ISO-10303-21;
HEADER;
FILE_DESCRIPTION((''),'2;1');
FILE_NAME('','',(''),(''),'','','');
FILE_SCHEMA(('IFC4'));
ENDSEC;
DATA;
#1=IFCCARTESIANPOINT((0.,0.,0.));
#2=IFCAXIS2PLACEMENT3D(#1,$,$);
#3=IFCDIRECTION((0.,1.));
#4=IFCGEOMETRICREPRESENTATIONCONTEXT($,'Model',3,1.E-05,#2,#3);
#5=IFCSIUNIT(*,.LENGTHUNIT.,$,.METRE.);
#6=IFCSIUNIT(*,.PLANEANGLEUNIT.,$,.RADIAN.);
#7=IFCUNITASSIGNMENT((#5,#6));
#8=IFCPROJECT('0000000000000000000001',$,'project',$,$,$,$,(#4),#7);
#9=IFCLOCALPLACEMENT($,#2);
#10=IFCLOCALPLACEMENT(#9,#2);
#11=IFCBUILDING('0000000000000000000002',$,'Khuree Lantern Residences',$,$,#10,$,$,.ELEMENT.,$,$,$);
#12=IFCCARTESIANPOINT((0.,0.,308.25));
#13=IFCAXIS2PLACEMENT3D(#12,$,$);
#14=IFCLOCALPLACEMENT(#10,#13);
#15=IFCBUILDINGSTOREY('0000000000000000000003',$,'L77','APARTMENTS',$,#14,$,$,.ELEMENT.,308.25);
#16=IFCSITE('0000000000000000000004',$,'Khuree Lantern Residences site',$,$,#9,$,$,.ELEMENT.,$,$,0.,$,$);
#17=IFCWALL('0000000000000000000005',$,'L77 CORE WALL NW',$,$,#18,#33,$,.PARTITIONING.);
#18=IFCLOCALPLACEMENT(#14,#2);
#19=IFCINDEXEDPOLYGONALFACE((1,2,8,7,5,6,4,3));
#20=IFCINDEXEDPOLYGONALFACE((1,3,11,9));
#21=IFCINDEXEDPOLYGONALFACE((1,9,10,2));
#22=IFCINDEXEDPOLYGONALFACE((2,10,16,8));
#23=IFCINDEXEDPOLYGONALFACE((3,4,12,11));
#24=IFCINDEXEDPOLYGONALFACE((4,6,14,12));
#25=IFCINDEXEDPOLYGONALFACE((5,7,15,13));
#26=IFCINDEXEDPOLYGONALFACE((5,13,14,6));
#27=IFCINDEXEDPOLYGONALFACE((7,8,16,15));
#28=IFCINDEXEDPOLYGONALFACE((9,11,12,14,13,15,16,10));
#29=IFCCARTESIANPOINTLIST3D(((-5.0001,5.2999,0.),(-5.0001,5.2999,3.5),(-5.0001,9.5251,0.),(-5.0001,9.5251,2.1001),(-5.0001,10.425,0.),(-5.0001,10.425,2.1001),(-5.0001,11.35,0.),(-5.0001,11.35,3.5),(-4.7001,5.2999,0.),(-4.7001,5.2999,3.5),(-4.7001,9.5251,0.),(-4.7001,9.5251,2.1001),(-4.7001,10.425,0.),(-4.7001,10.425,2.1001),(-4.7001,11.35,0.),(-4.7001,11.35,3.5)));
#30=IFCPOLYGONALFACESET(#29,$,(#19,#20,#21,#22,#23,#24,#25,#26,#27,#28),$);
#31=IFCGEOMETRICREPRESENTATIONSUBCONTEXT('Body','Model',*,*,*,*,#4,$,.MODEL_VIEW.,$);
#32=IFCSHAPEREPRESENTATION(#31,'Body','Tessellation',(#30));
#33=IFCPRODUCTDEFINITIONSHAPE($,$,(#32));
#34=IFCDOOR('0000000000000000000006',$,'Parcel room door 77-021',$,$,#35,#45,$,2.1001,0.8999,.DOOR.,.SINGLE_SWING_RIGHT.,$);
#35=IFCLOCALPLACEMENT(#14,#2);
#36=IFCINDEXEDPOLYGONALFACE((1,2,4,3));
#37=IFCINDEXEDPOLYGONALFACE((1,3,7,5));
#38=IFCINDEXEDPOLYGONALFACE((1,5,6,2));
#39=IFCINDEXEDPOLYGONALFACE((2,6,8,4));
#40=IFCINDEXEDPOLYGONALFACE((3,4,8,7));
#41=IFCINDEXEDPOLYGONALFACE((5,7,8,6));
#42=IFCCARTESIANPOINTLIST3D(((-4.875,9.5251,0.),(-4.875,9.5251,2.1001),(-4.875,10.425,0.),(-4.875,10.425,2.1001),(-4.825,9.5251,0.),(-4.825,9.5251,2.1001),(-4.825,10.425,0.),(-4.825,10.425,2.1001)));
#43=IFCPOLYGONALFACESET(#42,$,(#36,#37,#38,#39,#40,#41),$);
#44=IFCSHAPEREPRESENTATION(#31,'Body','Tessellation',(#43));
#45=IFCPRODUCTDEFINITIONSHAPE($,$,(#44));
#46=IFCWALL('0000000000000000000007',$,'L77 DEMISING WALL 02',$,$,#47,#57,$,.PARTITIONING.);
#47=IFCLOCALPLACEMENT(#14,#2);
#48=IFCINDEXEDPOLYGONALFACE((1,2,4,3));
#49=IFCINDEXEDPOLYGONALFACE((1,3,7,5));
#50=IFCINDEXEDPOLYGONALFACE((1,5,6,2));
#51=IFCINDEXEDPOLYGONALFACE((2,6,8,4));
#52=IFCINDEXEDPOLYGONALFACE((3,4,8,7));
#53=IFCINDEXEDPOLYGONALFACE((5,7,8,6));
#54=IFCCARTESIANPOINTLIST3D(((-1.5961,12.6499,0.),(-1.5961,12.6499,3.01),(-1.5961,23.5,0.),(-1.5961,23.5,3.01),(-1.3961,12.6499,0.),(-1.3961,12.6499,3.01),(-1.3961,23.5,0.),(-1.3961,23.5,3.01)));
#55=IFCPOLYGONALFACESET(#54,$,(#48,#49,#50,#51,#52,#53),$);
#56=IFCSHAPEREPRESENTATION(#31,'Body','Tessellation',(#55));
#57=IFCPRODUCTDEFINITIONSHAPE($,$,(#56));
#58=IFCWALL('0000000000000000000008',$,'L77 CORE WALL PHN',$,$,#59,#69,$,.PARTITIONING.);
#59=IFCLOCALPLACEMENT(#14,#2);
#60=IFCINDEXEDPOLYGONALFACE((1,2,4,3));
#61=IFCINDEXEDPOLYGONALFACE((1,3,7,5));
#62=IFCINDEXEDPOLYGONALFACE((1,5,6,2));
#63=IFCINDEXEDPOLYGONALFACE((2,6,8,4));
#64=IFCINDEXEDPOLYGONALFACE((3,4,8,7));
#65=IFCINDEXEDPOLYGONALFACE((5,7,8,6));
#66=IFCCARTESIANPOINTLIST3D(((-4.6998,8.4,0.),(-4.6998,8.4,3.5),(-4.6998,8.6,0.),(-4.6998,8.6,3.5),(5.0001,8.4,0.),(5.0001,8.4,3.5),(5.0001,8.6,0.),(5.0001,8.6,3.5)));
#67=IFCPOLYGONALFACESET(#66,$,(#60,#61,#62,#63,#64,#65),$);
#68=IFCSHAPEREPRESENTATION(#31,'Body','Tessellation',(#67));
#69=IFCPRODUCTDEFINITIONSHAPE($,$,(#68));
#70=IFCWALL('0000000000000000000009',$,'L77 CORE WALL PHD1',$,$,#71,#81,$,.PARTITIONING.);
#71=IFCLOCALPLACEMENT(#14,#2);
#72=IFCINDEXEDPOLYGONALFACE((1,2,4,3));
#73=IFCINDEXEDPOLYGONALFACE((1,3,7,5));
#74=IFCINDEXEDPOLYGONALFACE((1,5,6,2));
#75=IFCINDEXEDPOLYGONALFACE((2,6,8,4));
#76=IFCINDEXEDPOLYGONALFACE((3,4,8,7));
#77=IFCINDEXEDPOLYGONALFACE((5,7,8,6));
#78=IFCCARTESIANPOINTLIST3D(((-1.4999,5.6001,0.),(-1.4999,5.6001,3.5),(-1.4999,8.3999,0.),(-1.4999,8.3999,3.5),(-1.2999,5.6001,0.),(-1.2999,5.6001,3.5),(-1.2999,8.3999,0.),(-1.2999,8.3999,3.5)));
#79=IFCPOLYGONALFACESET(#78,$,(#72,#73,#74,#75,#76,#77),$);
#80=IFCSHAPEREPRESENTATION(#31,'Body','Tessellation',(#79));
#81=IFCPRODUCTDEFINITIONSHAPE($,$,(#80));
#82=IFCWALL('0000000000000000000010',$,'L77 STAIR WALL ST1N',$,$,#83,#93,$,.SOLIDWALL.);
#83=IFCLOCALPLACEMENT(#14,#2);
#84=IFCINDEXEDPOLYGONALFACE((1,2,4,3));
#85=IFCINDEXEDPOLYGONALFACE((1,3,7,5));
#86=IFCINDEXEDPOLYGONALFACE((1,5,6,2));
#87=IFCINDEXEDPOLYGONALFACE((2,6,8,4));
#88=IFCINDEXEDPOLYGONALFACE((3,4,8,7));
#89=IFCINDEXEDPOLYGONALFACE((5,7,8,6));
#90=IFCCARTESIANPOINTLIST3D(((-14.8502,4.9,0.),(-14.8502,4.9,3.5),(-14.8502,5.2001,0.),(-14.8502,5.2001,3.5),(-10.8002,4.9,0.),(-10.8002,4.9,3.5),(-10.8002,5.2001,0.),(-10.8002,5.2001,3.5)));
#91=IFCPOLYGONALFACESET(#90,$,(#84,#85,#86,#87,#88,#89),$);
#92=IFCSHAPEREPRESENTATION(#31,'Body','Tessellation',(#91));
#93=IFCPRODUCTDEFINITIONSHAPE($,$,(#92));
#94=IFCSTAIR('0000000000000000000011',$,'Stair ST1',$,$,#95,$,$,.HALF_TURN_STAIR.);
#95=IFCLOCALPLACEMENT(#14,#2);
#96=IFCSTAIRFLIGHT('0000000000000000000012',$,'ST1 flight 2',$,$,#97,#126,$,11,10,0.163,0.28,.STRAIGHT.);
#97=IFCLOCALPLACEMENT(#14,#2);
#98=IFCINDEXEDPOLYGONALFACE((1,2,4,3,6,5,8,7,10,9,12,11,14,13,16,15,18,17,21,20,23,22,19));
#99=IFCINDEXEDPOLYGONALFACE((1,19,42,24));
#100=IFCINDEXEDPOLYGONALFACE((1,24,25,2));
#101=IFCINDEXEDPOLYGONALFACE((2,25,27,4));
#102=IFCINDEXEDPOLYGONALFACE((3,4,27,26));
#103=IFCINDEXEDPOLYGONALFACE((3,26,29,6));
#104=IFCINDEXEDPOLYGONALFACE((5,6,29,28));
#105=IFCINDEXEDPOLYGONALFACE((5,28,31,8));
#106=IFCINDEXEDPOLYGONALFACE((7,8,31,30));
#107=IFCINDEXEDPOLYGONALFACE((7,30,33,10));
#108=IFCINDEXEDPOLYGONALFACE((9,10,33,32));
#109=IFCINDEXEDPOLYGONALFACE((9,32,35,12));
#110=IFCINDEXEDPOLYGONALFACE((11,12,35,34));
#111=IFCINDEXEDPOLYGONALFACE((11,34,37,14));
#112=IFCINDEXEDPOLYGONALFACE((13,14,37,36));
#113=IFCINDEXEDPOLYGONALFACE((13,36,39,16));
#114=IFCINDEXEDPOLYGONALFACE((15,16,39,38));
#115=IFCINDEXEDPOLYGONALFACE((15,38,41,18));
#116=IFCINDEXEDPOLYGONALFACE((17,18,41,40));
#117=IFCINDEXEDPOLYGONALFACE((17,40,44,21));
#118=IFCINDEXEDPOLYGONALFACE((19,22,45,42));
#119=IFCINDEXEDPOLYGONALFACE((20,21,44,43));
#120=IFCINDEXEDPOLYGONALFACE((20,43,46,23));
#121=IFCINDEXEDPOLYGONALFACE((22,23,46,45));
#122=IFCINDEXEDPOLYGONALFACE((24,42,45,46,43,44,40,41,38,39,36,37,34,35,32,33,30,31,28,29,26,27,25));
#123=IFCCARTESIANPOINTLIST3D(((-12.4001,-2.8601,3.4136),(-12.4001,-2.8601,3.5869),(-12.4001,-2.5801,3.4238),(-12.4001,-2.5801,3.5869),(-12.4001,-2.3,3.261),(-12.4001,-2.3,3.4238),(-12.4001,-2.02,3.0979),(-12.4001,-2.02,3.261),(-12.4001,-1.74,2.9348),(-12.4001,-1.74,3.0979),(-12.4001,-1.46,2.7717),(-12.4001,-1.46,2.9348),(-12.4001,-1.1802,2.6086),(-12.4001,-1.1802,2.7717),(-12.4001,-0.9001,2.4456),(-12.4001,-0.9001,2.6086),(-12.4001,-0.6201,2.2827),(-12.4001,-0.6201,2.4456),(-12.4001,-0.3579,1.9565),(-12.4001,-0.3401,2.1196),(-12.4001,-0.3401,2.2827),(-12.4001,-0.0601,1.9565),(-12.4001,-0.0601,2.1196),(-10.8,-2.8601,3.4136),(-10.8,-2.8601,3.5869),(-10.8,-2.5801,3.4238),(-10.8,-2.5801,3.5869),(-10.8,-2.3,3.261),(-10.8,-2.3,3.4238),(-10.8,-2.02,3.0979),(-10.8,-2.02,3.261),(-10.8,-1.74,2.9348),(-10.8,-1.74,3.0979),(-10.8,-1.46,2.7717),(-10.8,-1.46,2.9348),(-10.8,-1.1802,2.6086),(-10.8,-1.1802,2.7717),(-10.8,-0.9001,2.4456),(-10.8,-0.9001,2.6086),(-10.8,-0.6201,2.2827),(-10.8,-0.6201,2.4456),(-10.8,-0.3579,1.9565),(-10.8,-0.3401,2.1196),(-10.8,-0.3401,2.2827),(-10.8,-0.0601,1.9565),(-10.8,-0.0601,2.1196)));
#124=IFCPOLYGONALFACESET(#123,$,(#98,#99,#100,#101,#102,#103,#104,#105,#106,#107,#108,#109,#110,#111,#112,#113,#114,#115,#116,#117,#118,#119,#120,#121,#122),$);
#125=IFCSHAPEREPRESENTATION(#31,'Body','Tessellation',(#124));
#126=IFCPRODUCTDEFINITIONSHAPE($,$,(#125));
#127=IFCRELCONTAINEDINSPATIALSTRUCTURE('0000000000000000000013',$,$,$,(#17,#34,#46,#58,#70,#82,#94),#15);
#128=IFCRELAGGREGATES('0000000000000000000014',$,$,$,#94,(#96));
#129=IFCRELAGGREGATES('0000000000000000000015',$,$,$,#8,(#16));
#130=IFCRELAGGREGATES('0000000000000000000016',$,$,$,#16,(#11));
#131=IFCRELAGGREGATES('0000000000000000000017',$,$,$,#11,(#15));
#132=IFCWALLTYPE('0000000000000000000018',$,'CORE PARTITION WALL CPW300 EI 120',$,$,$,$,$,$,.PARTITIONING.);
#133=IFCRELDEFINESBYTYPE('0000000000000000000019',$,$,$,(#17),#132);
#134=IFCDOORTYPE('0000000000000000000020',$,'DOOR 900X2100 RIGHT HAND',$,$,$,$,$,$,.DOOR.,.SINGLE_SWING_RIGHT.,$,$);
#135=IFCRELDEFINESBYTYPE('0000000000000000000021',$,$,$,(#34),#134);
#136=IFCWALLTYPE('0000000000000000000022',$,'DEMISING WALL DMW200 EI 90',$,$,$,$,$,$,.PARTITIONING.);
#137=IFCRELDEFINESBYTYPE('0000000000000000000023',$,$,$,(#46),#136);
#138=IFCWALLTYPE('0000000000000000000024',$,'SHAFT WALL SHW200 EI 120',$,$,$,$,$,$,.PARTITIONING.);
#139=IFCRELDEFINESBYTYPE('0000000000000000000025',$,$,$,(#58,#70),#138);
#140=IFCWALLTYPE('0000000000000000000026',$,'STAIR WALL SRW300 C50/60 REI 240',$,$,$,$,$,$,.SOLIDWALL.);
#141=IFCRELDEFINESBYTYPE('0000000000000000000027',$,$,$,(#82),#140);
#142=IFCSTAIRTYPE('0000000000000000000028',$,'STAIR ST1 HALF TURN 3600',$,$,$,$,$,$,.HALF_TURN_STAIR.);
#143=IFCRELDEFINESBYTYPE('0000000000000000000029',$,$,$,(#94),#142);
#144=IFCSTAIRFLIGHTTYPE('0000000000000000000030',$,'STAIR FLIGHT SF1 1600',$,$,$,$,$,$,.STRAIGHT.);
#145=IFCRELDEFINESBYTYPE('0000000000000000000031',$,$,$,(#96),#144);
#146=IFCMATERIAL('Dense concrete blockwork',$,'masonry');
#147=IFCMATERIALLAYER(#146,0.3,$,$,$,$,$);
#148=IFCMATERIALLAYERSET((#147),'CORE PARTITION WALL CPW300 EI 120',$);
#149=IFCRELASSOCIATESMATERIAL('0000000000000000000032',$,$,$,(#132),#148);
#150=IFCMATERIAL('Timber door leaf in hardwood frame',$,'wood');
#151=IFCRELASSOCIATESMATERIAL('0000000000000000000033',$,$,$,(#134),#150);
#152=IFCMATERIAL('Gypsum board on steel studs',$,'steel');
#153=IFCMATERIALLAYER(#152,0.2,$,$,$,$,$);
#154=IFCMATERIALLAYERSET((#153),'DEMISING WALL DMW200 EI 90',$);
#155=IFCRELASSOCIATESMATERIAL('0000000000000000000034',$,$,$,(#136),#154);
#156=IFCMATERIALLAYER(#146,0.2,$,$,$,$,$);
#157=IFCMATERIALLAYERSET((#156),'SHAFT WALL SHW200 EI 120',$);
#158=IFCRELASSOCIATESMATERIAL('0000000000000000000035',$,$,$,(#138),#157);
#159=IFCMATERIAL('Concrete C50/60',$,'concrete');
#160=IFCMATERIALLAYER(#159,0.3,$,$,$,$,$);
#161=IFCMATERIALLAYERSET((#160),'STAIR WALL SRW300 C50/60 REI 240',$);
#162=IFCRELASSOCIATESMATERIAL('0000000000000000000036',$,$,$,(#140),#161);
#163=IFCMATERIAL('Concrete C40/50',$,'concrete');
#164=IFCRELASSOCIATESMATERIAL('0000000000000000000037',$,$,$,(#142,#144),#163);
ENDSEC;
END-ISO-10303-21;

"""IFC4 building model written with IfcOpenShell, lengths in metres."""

from ifc_helpers import new_model, si_unit, direction, frame, frame_2d, origin, place, context, subcontext, project, spatial, polyline, rectangle, outline, extrude, material, layer, layer_set, type_object, element, fill, aggregate, save


model = new_model("IFC4")

# Units and contexts
model_context = context("Model", 3, precision=1e-05, world=origin(), true_north=direction((0.0, 1.0)))
body_context = subcontext(model_context, "Body", "Model", "MODEL_VIEW")
ifc_project = project(units=[si_unit("LENGTHUNIT", "METRE"), si_unit("PLANEANGLEUNIT", "RADIAN")], contexts=[model_context])

# Site, building, storey
site_placement = place(None, origin())
site = spatial("IfcSite", under=ifc_project, at=site_placement, Name="Khuree Lantern Residences site", CompositionType="ELEMENT", RefElevation=0.0)
building_placement = place(site_placement, origin())
building = spatial("IfcBuilding", under=site, at=building_placement, Name="Khuree Lantern Residences", CompositionType="ELEMENT")
storey_placement = place(building_placement, frame((0.0, 0.0, 308.25)))
storey = spatial("IfcBuildingStorey", under=building, at=storey_placement, Name="L77", Description="APARTMENTS", CompositionType="ELEMENT", Elevation=308.25)

# Shared definitions
ifc_material_1 = material(Name="Dense concrete blockwork", Category="masonry")
ifc_layer_1 = layer(ifc_material_1, 0.3)
ifc_layer_set_1 = layer_set([ifc_layer_1], Name="CORE PARTITION WALL CPW300 EI 120")
wall_type_1 = type_object("IfcWallType", Name="CORE PARTITION WALL CPW300 EI 120", PredefinedType="PARTITIONING", material=ifc_layer_set_1)

# Shared definitions
ifc_material_2 = material(Name="Timber door leaf in hardwood frame", Category="wood")
door_type_1 = type_object("IfcDoorType", Name="DOOR 900X2100 RIGHT HAND", OperationType="SINGLE_SWING_RIGHT", PredefinedType="DOOR", material=ifc_material_2)

# Wall, opening, door
wall_1_placement = place(storey_placement, frame((-4.8501, 5.3, 0.0), z_axis=(0.0, 0.0, 1.0), x_axis=(0.0, 1.0, 0.0)))
wall_1 = element("IfcWall", 1, at=wall_1_placement, inside=storey, type_object=wall_type_1, Name="L77 CORE WALL NW", PredefinedType="PARTITIONING", context=body_context, shape_type="SweptSolid", body=[
    extrude(rectangle(XDim=6.05, YDim=0.3, at=frame_2d((3.0249, 0.0))), origin(), (0.0, 0.0, 1.0), 3.5),
])
opening_1_placement = place(wall_1_placement, frame((4.2251, 0.0, 0.0)))
opening_1 = element("IfcOpeningElement", 2, at=opening_1_placement, cuts=wall_1, PredefinedType="OPENING", context=body_context, shape_type="SweptSolid", body=[
    extrude(rectangle(XDim=0.8999, YDim=2.1001, at=frame_2d((0.45, 1.05))), frame((0.0, 0.1602, 0.0), z_axis=(0.0, -1.0, 0.0), x_axis=(1.0, 0.0, 0.0)), (0.0, 0.0, 1.0), 0.3201),
])
door_1_placement = place(opening_1_placement, origin())
door_1 = element("IfcDoor", 3, at=door_1_placement, inside=storey, type_object=door_type_1, Name="Parcel room door 77-021", OperationType="SINGLE_SWING_RIGHT", OverallHeight=2.1001, OverallWidth=0.8999, PredefinedType="DOOR", context=body_context, shape_type="SweptSolid", body=[
    extrude(rectangle(XDim=0.8999, YDim=2.1001, at=frame_2d((0.45, 1.05))), frame((0.0, 0.0249, 0.0), z_axis=(0.0, -1.0, 0.0), x_axis=(1.0, 0.0, 0.0)), (0.0, 0.0, 1.0), 0.05),
])
fill(opening_1, door_1)

# Walls
ifc_material_3 = material(Name="Gypsum board on steel studs", Category="steel")
ifc_layer_2 = layer(ifc_material_3, 0.2)
ifc_layer_set_2 = layer_set([ifc_layer_2], Name="DEMISING WALL DMW200 EI 90")
wall_type_2 = type_object("IfcWallType", Name="DEMISING WALL DMW200 EI 90", PredefinedType="PARTITIONING", material=ifc_layer_set_2)
wall_2_placement = place(storey_placement, frame((-1.4961, 12.6499, 0.0), z_axis=(0.0, 0.0, 1.0), x_axis=(0.0, 1.0, 0.0)))
element("IfcWall", 4, at=wall_2_placement, inside=storey, type_object=wall_type_2, Name="L77 DEMISING WALL 02", PredefinedType="PARTITIONING", context=body_context, shape_type="SweptSolid", body=[
    extrude(rectangle(XDim=10.8501, YDim=0.2, at=frame_2d((5.425, 0.0))), origin(), (0.0, 0.0, 1.0), 3.01),
])
ifc_layer_3 = layer(ifc_material_1, 0.2)
ifc_layer_set_3 = layer_set([ifc_layer_3], Name="SHAFT WALL SHW200 EI 120")
wall_type_3 = type_object("IfcWallType", Name="SHAFT WALL SHW200 EI 120", PredefinedType="PARTITIONING", material=ifc_layer_set_3)
wall_3_placement = place(storey_placement, frame((-4.7, 8.5, 0.0), z_axis=(0.0, 0.0, 1.0), x_axis=(1.0, 0.0, 0.0)))
element("IfcWall", 5, at=wall_3_placement, inside=storey, type_object=wall_type_3, Name="L77 CORE WALL PHN", PredefinedType="PARTITIONING", context=body_context, shape_type="SweptSolid", body=[
    extrude(rectangle(XDim=9.7, YDim=0.2, at=frame_2d((4.8501, 0.0))), origin(), (0.0, 0.0, 1.0), 3.5),
])
wall_4_placement = place(storey_placement, frame((-1.3999, 5.6001, 0.0), z_axis=(0.0, 0.0, 1.0), x_axis=(0.0, 1.0, 0.0)))
element("IfcWall", 6, at=wall_4_placement, inside=storey, type_object=wall_type_3, Name="L77 CORE WALL PHD1", PredefinedType="PARTITIONING", context=body_context, shape_type="SweptSolid", body=[
    extrude(rectangle(XDim=2.7998, YDim=0.2, at=frame_2d((1.3999, 0.0))), origin(), (0.0, 0.0, 1.0), 3.5),
])
ifc_material_4 = material(Name="Concrete C50/60", Category="concrete")
ifc_layer_4 = layer(ifc_material_4, 0.3)
ifc_layer_set_4 = layer_set([ifc_layer_4], Name="STAIR WALL SRW300 C50/60 REI 240")
wall_type_4 = type_object("IfcWallType", Name="STAIR WALL SRW300 C50/60 REI 240", PredefinedType="SOLIDWALL", material=ifc_layer_set_4)
wall_5_placement = place(storey_placement, frame((-14.8501, 5.05, 0.0), z_axis=(0.0, 0.0, 1.0), x_axis=(1.0, 0.0, 0.0)))
element("IfcWall", 7, at=wall_5_placement, inside=storey, type_object=wall_type_4, Name="L77 STAIR WALL ST1N", PredefinedType="SOLIDWALL", context=body_context, shape_type="SweptSolid", body=[
    extrude(rectangle(XDim=4.05, YDim=0.3, at=frame_2d((2.0249, 0.0))), origin(), (0.0, 0.0, 1.0), 3.5),
])

# Stair, stair flight
ifc_material_5 = material(Name="Concrete C40/50", Category="concrete")
stair_type = type_object("IfcStairType", Name="STAIR ST1 HALF TURN 3600", PredefinedType="HALF_TURN_STAIR", material=ifc_material_5)
stair_placement = place(storey_placement, origin())
stair = element("IfcStair", 8, at=stair_placement, inside=storey, type_object=stair_type, Name="Stair ST1", PredefinedType="HALF_TURN_STAIR")
stair_flight_type = type_object("IfcStairFlightType", Name="STAIR FLIGHT SF1 1600", PredefinedType="STRAIGHT", material=ifc_material_5)
stair_flight_placement = place(storey_placement, frame((-11.6001, -0.0601, 1.9565), z_axis=(0.0, 0.0, 1.0), x_axis=(0.0, -1.0, 0.0)))
stair_flight = element("IfcStairFlight", 9, at=stair_flight_placement, type_object=stair_flight_type, Name="ST1 flight 2", NumberOfRisers=11, NumberOfTreads=10, PredefinedType="STRAIGHT", RiserHeight=0.163, TreadLength=0.28, context=body_context, shape_type="SweptSolid", body=[
    extrude(outline(polyline([(0.0, 0.0), (0.0, 0.1631), (0.28, 0.1631), (0.28, 0.3262), (0.5601, 0.3262), (0.5601, 0.489), (0.8401, 0.489), (0.8401, 0.6521), (1.1201, 0.6521), (1.1201, 0.8152), (1.3999, 0.8152), (1.3999, 0.9783), (1.6799, 0.9783), (1.6799, 1.1414), (1.96, 1.1414), (1.96, 1.3044), (2.24, 1.3044), (2.24, 1.4673), (2.52, 1.4673), (2.52, 1.6304), (2.8, 1.6304), (2.8, 1.7935), (2.8, 1.457), (0.2979, 0.0), (0.0, 0.0)])), frame((0.0, 0.8, 0.0), z_axis=(0.0, -1.0, 0.0), x_axis=(1.0, 0.0, 0.0)), (0.0, 0.0, 1.0), 1.6001),
])
aggregate(stair, [stair_flight])

save(model, "model.ifc")
